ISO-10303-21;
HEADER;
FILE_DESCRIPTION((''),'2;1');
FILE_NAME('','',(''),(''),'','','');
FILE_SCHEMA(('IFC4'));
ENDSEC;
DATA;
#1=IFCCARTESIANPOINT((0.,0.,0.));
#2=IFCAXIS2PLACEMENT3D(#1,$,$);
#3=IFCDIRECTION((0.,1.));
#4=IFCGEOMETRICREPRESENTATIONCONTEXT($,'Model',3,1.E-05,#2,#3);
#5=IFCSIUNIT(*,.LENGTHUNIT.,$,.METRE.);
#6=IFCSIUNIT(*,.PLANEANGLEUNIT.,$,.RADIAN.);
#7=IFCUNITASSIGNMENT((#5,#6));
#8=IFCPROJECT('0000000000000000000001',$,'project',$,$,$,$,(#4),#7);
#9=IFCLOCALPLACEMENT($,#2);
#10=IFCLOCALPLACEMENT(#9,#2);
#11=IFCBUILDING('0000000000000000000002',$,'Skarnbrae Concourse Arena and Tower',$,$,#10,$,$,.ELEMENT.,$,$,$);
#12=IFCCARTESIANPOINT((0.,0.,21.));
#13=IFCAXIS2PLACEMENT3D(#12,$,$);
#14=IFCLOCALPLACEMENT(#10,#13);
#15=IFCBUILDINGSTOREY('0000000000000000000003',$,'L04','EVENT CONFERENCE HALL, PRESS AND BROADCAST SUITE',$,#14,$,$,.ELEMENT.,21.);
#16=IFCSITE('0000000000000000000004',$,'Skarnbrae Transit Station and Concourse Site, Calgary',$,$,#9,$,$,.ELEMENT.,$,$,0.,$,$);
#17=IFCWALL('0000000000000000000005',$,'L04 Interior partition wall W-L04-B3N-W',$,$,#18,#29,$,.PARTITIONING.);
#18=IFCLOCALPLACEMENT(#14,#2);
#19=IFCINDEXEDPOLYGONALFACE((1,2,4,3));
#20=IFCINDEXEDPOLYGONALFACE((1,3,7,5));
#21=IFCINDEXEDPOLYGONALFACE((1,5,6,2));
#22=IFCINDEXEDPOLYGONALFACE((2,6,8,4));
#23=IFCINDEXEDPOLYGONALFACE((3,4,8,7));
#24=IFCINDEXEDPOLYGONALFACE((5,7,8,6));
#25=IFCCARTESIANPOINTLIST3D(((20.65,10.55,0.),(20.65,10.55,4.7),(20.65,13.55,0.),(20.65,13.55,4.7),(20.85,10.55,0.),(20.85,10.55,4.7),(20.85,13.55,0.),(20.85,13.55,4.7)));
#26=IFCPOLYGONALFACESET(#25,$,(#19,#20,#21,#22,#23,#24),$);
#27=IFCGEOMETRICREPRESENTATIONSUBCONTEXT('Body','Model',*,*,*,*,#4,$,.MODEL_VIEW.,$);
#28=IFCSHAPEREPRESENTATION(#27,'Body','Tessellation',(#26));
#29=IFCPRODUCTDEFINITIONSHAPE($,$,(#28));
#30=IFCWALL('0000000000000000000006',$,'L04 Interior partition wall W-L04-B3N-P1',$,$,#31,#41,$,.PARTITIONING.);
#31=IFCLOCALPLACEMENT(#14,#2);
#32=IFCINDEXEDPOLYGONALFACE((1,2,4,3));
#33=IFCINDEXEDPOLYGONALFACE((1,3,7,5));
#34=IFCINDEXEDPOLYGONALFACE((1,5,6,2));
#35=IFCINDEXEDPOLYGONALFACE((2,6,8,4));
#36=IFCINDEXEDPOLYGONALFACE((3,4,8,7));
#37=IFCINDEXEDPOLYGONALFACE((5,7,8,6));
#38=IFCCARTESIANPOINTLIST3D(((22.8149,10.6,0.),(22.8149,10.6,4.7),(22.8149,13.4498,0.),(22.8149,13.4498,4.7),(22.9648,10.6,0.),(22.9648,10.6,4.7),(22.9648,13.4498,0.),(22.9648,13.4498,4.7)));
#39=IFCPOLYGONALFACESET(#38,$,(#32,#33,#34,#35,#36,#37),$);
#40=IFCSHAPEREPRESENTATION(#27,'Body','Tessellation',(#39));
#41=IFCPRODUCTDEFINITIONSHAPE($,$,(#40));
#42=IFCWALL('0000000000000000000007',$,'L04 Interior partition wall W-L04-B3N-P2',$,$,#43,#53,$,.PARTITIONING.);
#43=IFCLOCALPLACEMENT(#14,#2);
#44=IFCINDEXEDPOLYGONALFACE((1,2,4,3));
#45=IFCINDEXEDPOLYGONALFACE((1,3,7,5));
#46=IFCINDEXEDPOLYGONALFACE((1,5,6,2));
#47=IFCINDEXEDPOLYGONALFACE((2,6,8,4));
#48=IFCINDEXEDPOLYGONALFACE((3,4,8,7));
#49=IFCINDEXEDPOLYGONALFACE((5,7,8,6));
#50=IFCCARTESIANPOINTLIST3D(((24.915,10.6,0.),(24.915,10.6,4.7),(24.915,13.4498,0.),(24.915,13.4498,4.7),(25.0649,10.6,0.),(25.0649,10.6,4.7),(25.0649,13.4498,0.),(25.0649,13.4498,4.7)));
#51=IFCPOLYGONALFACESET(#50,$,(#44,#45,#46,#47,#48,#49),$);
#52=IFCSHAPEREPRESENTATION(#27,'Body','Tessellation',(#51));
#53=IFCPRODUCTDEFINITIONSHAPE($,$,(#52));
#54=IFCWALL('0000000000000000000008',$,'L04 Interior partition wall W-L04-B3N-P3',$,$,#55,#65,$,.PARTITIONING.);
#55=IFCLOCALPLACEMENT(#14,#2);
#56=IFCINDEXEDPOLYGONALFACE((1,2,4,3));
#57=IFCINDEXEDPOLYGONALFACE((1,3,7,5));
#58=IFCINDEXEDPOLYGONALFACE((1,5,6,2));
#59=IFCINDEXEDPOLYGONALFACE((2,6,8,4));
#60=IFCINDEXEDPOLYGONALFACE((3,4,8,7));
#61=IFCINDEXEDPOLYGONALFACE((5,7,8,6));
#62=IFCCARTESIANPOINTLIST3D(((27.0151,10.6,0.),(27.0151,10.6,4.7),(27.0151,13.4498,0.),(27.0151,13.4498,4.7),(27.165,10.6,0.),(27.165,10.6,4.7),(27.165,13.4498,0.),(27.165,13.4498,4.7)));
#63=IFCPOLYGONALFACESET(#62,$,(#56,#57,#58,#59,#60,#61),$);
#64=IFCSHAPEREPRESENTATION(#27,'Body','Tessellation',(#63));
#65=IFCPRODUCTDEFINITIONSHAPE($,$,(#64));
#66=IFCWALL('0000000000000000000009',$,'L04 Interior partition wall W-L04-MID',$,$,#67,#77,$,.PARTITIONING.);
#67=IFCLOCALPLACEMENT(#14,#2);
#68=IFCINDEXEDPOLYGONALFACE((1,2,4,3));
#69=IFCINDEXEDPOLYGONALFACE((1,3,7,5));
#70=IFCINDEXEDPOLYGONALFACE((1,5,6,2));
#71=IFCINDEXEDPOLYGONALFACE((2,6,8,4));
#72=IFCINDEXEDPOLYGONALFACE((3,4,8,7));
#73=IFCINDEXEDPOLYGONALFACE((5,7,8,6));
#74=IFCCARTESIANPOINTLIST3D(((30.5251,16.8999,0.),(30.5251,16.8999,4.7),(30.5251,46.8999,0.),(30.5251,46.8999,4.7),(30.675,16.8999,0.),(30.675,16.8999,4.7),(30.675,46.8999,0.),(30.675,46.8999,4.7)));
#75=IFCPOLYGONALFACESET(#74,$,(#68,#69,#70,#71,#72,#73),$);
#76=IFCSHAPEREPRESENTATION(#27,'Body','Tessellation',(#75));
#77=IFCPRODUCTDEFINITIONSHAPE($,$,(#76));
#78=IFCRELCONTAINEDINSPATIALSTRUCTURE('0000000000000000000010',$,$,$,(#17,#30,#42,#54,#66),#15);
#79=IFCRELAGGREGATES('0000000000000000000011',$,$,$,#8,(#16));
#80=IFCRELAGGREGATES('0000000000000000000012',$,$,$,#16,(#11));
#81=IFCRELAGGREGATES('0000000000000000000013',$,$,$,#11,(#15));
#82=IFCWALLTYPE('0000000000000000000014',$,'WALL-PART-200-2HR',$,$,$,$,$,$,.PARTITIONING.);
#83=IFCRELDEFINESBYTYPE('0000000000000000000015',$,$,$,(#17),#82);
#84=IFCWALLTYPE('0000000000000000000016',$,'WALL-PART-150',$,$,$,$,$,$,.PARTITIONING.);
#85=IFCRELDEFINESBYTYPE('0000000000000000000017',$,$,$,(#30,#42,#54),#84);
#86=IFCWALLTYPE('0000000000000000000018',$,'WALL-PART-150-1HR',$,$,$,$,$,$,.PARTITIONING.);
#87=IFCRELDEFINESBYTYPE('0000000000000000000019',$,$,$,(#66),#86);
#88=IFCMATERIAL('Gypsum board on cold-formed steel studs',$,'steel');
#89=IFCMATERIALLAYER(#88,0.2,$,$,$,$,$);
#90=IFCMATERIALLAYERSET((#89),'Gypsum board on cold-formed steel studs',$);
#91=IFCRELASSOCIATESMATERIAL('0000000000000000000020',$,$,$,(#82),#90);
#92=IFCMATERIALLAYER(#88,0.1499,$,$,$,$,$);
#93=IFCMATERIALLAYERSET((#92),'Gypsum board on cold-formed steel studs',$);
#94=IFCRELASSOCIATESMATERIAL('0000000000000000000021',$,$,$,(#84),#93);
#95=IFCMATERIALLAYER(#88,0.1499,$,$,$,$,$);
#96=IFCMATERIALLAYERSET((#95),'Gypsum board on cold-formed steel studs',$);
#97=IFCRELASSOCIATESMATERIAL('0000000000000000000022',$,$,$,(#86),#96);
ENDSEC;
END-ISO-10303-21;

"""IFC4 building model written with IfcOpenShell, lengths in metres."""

from ifc_helpers import new_model, si_unit, direction, frame, frame_2d, origin, place, context, subcontext, project, spatial, rectangle, extrude, source, transform, mapped, material, layer, layer_set, type_object, element, save


model = new_model("IFC4")

# Units and contexts
model_context = context("Model", 3, precision=1e-05, world=origin(), true_north=direction((0.0, 1.0)))
body_context = subcontext(model_context, "Body", "Model", "MODEL_VIEW")
ifc_project = project(units=[si_unit("LENGTHUNIT", "METRE"), si_unit("PLANEANGLEUNIT", "RADIAN")], contexts=[model_context])

# Site, building, storey
site_placement = place(None, origin())
site = spatial("IfcSite", under=ifc_project, at=site_placement, Name="Skarnbrae Transit Station and Concourse Site, Calgary", CompositionType="ELEMENT", RefElevation=0.0)
building_placement = place(site_placement, origin())
building = spatial("IfcBuilding", under=site, at=building_placement, Name="Skarnbrae Concourse Arena and Tower", CompositionType="ELEMENT")
storey_placement = place(building_placement, frame((0.0, 0.0, 21.0)))
storey = spatial("IfcBuildingStorey", under=building, at=storey_placement, Name="L04", Description="EVENT CONFERENCE HALL, PRESS AND BROADCAST SUITE", CompositionType="ELEMENT", Elevation=21.0)

# Walls
ifc_material_1 = material(Name="Gypsum board on cold-formed steel studs", Category="steel")
ifc_layer_1 = layer(ifc_material_1, 0.2)
ifc_layer_set_1 = layer_set([ifc_layer_1], Name="Gypsum board on cold-formed steel studs")
wall_type_1 = type_object("IfcWallType", Name="WALL-PART-200-2HR", PredefinedType="PARTITIONING", material=ifc_layer_set_1)
shared_shape_1 = source(origin(), body_context, "Body", "SweptSolid", [
    extrude(rectangle(XDim=3.0, YDim=0.2, at=frame_2d((1.5, 0.0))), origin(), (0.0, 0.0, 1.0), 4.7),
])
wall_1_placement = place(storey_placement, frame((20.75, 10.55, 0.0), z_axis=(0.0, 0.0, 1.0), x_axis=(0.0, 1.0, 0.0)))
element("IfcWall", 1, at=wall_1_placement, inside=storey, type_object=wall_type_1, Name="L04 Interior partition wall W-L04-B3N-W", PredefinedType="PARTITIONING", context=body_context, shape_type="MappedRepresentation", body=[
    mapped(shared_shape_1, transform((0.0, 0.0, 0.0))),
])
ifc_layer_2 = layer(ifc_material_1, 0.1499)
ifc_layer_set_2 = layer_set([ifc_layer_2], Name="Gypsum board on cold-formed steel studs")
wall_type_2 = type_object("IfcWallType", Name="WALL-PART-150", PredefinedType="PARTITIONING", material=ifc_layer_set_2)
shared_shape_2 = source(origin(), body_context, "Body", "SweptSolid", [
    extrude(rectangle(XDim=2.8499, YDim=0.1499, at=frame_2d((1.4248, 0.0))), origin(), (0.0, 0.0, 1.0), 4.7),
])
for number, where, z_axis, x_axis, name in (
    (2, (22.8899, 10.6001, 0.0), (0.0, 0.0, 1.0), (0.0, 1.0, 0.0), "L04 Interior partition wall W-L04-B3N-P1"),
    (3, (24.99, 10.6001, 0.0), (0.0, 0.0, 1.0), (0.0, 1.0, 0.0), "L04 Interior partition wall W-L04-B3N-P2"),
    (4, (27.0901, 10.6001, 0.0), (0.0, 0.0, 1.0), (0.0, 1.0, 0.0), "L04 Interior partition wall W-L04-B3N-P3"),
):
    element("IfcWall", number, at=place(storey_placement, frame(where, z_axis=z_axis, x_axis=x_axis)), inside=storey, type_object=wall_type_2, Name=name, PredefinedType="PARTITIONING", context=body_context, shape_type="MappedRepresentation", body=[
        mapped(shared_shape_2, transform((0.0, 0.0, 0.0))),
    ])
ifc_layer_3 = layer(ifc_material_1, 0.1499)
ifc_layer_set_3 = layer_set([ifc_layer_3], Name="Gypsum board on cold-formed steel studs")
wall_type_3 = type_object("IfcWallType", Name="WALL-PART-150-1HR", PredefinedType="PARTITIONING", material=ifc_layer_set_3)
shared_shape_3 = source(origin(), body_context, "Body", "SweptSolid", [
    extrude(rectangle(XDim=30.0, YDim=0.1499, at=frame_2d((15.0, 0.0))), origin(), (0.0, 0.0, 1.0), 4.7),
])
wall_2_placement = place(storey_placement, frame((30.6001, 16.8999, 0.0), z_axis=(0.0, 0.0, 1.0), x_axis=(0.0, 1.0, 0.0)))
element("IfcWall", 5, at=wall_2_placement, inside=storey, type_object=wall_type_3, Name="L04 Interior partition wall W-L04-MID", PredefinedType="PARTITIONING", context=body_context, shape_type="MappedRepresentation", body=[
    mapped(shared_shape_3, transform((0.0, 0.0, 0.0))),
])

save(model, "model.ifc")
